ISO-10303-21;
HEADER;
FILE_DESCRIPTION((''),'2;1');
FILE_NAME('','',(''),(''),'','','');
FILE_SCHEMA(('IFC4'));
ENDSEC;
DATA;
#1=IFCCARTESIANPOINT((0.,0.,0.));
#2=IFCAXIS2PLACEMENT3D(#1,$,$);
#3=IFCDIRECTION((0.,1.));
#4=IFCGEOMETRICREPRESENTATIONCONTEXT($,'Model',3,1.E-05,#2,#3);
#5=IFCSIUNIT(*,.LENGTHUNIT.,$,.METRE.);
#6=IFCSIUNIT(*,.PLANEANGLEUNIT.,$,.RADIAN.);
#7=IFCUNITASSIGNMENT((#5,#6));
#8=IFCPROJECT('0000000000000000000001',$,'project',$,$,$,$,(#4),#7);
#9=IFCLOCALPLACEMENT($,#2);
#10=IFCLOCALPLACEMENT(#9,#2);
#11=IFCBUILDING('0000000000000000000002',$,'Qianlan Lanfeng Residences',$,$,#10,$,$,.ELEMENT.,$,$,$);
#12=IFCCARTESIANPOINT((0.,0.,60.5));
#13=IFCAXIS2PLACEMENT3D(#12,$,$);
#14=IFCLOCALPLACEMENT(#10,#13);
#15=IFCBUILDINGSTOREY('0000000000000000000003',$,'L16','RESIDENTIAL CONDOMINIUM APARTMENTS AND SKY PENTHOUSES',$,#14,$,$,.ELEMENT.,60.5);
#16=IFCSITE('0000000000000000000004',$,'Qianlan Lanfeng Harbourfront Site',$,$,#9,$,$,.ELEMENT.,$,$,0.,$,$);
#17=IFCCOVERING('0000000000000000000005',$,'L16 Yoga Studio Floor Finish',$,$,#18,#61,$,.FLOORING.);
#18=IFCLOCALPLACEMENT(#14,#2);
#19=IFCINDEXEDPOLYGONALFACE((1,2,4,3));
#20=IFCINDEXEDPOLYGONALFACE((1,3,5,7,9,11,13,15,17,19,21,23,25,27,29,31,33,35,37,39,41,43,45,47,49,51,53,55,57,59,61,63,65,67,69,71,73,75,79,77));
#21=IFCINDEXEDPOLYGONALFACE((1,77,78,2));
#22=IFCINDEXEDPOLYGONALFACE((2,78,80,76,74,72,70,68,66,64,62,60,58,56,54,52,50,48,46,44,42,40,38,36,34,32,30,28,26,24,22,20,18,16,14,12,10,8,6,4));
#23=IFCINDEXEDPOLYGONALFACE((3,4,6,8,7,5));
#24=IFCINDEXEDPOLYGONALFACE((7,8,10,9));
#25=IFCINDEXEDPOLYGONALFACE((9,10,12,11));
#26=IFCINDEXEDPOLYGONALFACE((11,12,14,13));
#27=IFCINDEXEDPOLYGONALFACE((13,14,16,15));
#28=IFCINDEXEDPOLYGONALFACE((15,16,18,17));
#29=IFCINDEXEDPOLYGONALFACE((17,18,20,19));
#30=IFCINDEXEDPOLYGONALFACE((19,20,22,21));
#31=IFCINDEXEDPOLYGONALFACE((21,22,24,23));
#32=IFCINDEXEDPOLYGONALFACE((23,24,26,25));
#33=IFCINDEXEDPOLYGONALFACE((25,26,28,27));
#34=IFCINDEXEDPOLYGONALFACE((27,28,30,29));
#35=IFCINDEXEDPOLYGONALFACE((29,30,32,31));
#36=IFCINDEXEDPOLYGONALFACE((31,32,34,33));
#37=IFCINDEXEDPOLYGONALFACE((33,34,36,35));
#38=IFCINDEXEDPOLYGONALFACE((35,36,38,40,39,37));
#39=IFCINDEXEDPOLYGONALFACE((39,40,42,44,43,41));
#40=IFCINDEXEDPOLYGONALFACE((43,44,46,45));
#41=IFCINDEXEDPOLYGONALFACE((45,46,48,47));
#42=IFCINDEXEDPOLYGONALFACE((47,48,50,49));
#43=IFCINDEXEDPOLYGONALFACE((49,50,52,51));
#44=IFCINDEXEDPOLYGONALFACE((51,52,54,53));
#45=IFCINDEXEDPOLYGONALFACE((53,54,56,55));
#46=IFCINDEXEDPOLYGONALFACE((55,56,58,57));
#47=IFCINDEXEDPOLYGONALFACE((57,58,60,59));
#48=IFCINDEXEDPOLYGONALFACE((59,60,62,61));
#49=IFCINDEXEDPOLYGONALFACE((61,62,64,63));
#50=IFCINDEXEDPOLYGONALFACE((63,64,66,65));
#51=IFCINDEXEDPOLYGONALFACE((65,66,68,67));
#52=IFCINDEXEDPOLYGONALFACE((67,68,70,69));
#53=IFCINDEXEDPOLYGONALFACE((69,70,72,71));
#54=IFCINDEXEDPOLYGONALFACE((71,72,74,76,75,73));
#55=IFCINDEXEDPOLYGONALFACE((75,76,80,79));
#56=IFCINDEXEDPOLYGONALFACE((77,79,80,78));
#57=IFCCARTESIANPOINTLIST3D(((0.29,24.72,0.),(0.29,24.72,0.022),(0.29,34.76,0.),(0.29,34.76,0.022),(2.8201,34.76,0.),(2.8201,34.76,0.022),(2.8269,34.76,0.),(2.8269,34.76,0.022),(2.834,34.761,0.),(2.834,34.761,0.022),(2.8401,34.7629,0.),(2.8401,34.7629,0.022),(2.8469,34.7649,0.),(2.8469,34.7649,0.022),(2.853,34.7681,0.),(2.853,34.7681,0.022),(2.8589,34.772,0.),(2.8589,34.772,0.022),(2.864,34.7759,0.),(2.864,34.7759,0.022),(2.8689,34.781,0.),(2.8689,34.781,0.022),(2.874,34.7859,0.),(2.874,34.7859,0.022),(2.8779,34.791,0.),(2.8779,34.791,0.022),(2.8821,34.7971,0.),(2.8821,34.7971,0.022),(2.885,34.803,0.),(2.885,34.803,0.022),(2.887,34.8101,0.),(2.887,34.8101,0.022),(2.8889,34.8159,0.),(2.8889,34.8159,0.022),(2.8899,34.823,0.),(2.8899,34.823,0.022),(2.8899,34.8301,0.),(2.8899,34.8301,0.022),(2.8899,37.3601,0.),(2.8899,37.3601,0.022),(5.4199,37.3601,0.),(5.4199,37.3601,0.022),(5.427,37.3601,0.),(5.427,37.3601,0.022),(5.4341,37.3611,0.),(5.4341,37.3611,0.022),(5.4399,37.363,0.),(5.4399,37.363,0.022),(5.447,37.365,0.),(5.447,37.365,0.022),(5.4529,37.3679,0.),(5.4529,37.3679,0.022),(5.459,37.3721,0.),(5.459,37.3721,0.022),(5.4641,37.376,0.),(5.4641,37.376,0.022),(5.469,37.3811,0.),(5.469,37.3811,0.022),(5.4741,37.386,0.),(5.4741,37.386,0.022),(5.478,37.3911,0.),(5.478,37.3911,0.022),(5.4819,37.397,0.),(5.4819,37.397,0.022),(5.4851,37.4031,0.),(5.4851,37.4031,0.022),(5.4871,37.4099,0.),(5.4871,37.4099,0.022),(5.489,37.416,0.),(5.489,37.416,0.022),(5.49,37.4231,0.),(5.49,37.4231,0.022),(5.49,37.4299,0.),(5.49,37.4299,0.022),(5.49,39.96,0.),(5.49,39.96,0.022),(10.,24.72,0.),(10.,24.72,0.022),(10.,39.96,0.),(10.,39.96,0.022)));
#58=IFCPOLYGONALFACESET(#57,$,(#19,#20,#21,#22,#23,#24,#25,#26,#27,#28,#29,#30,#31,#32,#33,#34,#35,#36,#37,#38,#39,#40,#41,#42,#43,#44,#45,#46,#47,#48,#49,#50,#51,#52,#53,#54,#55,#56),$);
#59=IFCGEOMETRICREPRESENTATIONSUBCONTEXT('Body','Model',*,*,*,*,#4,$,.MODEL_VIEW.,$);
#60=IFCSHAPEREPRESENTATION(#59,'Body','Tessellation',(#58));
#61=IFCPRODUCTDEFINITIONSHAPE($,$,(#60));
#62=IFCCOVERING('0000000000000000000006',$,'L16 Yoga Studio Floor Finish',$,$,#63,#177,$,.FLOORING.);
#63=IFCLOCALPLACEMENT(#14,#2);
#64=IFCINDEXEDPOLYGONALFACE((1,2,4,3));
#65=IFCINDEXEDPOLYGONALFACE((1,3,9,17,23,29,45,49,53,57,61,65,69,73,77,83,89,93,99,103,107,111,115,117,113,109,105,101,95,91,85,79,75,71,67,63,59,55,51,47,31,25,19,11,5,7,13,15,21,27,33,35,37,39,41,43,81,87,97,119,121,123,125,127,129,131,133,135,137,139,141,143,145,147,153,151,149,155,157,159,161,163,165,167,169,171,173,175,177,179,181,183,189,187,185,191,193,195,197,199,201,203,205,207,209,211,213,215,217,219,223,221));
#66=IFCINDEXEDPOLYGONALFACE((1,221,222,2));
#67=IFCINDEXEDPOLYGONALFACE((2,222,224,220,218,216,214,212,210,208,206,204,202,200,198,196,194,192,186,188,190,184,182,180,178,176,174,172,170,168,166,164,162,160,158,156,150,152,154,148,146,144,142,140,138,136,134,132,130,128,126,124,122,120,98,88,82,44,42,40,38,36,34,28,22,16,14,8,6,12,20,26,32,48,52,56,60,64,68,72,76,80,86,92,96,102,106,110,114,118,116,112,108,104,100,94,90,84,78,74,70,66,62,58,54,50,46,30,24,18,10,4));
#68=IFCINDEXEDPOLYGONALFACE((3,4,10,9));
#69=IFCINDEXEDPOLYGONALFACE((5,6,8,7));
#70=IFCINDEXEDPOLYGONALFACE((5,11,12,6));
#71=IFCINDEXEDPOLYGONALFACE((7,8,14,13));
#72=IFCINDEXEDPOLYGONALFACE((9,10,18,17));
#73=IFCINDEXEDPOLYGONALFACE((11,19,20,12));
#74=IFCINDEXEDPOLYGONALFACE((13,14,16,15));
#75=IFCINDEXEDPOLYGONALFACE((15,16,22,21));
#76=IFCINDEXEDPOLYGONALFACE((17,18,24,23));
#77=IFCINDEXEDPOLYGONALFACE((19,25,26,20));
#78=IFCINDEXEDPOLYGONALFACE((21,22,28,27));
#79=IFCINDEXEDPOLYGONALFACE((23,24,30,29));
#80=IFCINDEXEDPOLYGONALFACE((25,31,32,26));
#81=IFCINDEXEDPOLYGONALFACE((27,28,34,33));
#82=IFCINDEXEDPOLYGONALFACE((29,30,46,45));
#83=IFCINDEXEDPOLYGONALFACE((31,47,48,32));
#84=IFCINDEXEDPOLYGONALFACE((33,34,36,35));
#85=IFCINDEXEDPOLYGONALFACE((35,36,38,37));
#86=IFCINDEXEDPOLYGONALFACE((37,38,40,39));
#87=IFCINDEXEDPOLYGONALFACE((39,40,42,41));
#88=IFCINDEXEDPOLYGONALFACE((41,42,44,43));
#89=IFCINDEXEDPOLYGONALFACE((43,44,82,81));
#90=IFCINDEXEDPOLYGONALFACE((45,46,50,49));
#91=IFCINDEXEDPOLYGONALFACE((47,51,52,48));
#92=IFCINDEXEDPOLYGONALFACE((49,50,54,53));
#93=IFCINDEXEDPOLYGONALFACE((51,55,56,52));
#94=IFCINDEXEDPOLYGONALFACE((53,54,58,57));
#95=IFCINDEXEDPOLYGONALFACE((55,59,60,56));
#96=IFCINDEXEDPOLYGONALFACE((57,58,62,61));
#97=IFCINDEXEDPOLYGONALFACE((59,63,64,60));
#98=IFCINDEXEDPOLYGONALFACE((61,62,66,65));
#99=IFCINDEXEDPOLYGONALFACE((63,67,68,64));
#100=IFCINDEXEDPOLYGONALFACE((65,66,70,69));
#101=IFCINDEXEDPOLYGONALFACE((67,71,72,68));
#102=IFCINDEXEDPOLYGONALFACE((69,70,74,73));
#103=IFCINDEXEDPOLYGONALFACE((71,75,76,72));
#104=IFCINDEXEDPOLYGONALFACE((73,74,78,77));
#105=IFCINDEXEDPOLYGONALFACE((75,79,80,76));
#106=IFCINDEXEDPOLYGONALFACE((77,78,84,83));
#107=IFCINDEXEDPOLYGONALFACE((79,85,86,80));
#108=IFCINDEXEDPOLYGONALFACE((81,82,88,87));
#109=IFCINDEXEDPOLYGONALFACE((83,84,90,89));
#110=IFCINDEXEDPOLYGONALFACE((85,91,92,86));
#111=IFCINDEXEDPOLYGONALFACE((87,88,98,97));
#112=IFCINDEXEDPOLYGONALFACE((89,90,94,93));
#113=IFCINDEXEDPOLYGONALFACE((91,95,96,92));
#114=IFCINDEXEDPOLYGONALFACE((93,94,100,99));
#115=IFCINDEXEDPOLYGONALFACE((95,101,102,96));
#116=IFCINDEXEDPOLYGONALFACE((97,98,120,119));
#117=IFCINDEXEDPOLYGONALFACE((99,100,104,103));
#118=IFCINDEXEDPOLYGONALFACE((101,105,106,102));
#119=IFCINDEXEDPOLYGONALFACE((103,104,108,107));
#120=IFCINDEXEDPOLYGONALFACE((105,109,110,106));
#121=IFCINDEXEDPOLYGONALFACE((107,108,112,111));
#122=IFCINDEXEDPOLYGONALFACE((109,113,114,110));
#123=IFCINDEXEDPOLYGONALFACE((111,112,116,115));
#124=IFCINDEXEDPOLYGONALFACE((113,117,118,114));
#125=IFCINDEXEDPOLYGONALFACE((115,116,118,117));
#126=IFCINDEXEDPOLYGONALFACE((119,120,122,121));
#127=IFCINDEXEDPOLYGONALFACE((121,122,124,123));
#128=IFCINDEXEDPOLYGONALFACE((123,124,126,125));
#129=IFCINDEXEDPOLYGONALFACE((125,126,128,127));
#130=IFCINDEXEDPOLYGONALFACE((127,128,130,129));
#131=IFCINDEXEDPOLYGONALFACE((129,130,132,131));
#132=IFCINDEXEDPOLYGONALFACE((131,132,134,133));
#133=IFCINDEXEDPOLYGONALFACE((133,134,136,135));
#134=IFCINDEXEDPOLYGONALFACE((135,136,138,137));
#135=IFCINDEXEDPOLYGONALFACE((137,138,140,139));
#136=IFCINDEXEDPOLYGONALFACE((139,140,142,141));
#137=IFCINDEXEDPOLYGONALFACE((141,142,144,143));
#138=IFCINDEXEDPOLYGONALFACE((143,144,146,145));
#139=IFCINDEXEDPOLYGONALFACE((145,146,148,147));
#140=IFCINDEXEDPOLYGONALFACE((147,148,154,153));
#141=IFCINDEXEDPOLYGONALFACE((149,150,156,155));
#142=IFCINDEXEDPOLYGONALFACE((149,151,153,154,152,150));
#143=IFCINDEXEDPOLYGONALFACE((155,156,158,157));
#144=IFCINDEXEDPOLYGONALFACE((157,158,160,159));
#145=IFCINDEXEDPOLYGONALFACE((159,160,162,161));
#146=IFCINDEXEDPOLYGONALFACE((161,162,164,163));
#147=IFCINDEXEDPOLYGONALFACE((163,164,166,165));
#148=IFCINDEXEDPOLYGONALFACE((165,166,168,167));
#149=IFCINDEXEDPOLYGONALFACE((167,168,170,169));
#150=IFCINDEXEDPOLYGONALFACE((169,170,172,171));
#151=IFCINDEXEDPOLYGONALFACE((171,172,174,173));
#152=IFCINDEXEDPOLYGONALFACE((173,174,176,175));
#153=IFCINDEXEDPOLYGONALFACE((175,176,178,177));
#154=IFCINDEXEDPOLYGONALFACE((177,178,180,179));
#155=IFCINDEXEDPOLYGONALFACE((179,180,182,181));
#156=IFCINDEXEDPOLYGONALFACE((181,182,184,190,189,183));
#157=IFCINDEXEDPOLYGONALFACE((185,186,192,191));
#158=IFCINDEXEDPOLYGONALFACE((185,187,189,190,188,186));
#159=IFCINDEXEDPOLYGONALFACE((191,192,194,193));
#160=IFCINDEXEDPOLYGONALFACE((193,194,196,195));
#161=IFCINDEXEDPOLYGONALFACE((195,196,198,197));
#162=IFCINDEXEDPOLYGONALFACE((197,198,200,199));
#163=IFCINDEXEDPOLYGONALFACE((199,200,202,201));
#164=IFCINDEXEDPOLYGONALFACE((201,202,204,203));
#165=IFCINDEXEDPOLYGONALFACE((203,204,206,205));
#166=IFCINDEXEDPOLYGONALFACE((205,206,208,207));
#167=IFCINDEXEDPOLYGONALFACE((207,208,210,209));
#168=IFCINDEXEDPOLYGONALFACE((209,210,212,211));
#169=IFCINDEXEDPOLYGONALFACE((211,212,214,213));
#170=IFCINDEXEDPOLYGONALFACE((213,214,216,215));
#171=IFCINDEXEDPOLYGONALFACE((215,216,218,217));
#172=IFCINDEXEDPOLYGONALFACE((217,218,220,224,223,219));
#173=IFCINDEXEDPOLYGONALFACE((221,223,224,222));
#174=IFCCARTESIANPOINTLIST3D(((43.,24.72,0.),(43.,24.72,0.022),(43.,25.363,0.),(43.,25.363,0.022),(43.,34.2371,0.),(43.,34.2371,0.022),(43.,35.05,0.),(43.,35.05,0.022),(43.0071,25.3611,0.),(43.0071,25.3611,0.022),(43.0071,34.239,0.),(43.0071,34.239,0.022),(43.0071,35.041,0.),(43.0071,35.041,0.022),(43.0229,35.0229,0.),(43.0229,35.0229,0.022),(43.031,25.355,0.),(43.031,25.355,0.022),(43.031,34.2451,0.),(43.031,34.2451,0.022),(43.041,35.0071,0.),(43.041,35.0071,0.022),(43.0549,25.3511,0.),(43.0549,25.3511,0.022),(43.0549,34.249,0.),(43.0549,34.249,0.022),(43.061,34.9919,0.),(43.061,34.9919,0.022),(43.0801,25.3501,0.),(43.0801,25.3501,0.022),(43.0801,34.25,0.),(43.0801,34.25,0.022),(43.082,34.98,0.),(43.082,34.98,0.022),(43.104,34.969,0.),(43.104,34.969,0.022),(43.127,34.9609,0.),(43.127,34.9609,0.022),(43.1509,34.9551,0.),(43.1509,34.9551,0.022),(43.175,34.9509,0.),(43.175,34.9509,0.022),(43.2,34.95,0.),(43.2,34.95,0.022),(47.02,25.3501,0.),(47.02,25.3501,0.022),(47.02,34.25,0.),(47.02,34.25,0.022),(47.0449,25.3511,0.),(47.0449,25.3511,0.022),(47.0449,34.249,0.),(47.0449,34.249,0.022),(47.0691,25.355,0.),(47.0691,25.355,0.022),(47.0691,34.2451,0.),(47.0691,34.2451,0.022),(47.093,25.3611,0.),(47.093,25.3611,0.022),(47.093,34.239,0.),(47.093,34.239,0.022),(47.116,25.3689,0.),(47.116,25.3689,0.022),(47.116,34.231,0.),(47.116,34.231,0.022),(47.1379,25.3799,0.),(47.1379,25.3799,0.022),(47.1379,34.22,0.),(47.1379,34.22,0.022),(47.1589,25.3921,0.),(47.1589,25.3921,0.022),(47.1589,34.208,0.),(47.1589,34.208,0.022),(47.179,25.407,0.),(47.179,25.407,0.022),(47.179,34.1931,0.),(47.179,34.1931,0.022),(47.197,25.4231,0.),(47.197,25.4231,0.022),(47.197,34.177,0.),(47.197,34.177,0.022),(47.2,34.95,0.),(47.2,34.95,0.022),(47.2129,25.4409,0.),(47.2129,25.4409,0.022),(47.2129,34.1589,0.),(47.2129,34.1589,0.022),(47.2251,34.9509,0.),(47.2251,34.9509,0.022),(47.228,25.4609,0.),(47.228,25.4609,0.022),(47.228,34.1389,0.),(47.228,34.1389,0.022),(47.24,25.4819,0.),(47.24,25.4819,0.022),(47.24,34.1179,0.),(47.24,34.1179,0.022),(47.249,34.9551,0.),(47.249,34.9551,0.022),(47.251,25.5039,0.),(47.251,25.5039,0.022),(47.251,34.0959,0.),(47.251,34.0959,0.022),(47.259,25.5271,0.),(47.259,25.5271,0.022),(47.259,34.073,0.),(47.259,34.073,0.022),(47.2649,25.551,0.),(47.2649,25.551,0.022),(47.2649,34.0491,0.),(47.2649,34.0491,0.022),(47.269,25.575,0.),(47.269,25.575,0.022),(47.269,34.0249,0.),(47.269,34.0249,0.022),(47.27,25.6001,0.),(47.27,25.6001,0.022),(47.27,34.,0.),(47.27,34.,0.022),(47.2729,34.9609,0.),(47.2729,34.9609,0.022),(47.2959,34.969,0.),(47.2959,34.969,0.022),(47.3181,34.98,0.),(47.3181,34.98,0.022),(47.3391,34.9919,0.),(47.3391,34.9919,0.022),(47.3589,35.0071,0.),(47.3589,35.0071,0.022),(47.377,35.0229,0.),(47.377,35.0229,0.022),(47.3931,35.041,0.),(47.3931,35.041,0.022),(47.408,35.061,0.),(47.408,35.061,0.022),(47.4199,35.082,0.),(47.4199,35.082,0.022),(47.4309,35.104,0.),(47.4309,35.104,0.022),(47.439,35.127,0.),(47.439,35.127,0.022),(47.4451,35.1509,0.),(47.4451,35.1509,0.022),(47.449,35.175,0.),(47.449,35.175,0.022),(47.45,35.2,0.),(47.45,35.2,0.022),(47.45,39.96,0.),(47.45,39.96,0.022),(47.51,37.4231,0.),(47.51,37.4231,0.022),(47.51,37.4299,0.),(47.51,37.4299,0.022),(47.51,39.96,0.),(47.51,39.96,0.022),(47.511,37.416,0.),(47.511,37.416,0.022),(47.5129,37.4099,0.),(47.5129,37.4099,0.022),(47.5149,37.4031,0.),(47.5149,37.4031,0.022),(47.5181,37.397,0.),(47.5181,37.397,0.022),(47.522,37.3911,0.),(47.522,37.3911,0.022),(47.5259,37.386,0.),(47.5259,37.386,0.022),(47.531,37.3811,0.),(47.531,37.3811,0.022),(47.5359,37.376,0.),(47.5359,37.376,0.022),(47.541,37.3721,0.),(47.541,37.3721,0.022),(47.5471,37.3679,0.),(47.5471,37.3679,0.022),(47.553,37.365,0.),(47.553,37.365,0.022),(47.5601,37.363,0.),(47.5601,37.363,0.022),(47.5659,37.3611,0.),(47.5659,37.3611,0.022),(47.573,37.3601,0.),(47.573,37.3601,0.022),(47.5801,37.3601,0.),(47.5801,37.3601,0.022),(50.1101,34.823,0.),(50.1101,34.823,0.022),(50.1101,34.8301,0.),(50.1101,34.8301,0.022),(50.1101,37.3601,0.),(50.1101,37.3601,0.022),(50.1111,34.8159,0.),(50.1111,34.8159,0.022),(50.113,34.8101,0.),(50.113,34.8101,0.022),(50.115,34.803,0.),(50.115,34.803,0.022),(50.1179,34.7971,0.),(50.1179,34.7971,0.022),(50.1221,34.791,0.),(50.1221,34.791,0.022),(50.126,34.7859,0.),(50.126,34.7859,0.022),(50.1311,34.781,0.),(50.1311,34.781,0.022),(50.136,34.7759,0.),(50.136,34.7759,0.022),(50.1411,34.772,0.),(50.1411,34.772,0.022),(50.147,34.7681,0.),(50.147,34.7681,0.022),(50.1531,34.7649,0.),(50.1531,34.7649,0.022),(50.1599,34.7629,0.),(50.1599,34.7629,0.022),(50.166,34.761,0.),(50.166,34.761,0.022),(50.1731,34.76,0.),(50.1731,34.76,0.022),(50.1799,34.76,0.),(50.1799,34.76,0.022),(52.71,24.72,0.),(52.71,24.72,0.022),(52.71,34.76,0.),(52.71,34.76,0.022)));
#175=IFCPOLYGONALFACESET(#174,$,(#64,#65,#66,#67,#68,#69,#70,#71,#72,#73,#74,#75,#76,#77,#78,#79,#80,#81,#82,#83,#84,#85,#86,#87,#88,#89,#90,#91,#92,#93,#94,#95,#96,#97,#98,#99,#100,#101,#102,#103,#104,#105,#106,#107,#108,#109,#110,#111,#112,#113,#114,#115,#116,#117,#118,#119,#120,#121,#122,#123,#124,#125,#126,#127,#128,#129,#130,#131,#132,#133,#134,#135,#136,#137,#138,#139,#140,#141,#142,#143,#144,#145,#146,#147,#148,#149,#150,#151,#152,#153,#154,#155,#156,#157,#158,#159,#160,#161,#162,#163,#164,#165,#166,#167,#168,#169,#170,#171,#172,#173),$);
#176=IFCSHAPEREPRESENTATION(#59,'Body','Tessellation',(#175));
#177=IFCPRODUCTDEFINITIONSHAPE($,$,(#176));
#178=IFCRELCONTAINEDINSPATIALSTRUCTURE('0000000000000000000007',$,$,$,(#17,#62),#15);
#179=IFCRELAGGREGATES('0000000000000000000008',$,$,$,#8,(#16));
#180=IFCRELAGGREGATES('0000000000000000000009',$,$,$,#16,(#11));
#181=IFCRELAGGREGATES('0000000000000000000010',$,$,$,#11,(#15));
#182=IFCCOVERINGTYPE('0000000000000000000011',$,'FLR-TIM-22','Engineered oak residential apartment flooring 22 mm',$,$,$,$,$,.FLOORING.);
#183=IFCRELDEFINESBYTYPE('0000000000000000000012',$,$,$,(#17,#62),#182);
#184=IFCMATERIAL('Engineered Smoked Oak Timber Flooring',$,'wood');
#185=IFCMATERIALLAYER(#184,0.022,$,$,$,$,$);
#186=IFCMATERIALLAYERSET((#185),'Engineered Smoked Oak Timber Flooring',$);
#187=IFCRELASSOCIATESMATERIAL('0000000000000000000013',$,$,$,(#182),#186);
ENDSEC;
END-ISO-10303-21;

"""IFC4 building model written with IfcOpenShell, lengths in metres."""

from ifc_helpers import new_model, si_unit, direction, frame, origin, place, context, subcontext, project, spatial, polyline, outline, extrude, material, layer, layer_set, type_object, element, save


model = new_model("IFC4")

# Units and contexts
model_context = context("Model", 3, precision=1e-05, world=origin(), true_north=direction((0.0, 1.0)))
body_context = subcontext(model_context, "Body", "Model", "MODEL_VIEW")
ifc_project = project(units=[si_unit("LENGTHUNIT", "METRE"), si_unit("PLANEANGLEUNIT", "RADIAN")], contexts=[model_context])

# Site, building, storey
site_placement = place(None, origin())
site = spatial("IfcSite", under=ifc_project, at=site_placement, Name="Qianlan Lanfeng Harbourfront Site", CompositionType="ELEMENT", RefElevation=0.0)
building_placement = place(site_placement, origin())
building = spatial("IfcBuilding", under=site, at=building_placement, Name="Qianlan Lanfeng Residences", CompositionType="ELEMENT")
storey_placement = place(building_placement, frame((0.0, 0.0, 60.5)))
storey = spatial("IfcBuildingStorey", under=building, at=storey_placement, Name="L16", Description="RESIDENTIAL CONDOMINIUM APARTMENTS AND SKY PENTHOUSES", CompositionType="ELEMENT", Elevation=60.5)

# Coverings
ifc_material_1 = material(Name="Engineered Smoked Oak Timber Flooring", Category="wood")
ifc_layer = layer(ifc_material_1, 0.022)
ifc_layer_set = layer_set([ifc_layer], Name="Engineered Smoked Oak Timber Flooring")
covering_type = type_object("IfcCoveringType", Name="FLR-TIM-22", Description="Engineered oak residential apartment flooring 22 mm", PredefinedType="FLOORING", material=ifc_layer_set)
covering_1_placement = place(storey_placement, origin())
element("IfcCovering", 1, at=covering_1_placement, inside=storey, type_object=covering_type, Name="L16 Yoga Studio Floor Finish", PredefinedType="FLOORING", context=body_context, shape_type="SweptSolid", body=[
    extrude(outline(polyline([(10.0, 24.72), (10.0, 39.96), (5.49, 39.96), (5.49, 37.4299), (5.49, 37.4231), (5.489, 37.416), (5.4871, 37.4099), (5.4851, 37.4031), (5.4819, 37.397), (5.478, 37.3911), (5.4741, 37.386), (5.469, 37.3811), (5.4641, 37.376), (5.459, 37.3721), (5.4529, 37.3679), (5.447, 37.365), (5.4399, 37.363), (5.4341, 37.3611), (5.427, 37.3601), (5.4199, 37.3601), (2.8899, 37.3601), (2.8899, 34.8301), (2.8899, 34.823), (2.8889, 34.8159), (2.887, 34.8101), (2.885, 34.803), (2.8821, 34.7971), (2.8779, 34.791), (2.874, 34.7859), (2.8689, 34.781), (2.864, 34.7759), (2.8589, 34.772), (2.853, 34.7681), (2.8469, 34.7649), (2.8401, 34.7629), (2.834, 34.761), (2.8269, 34.76), (2.8201, 34.76), (0.29, 34.76), (0.29, 24.72), (10.0, 24.72)])), origin(), (0.0, 0.0, 1.0), 0.022),
])
covering_2_placement = place(storey_placement, origin())
element("IfcCovering", 2, at=covering_2_placement, inside=storey, type_object=covering_type, Name="L16 Yoga Studio Floor Finish", PredefinedType="FLOORING", context=body_context, shape_type="SweptSolid", body=[
    extrude(outline(polyline([(43.0, 24.72), (52.71, 24.72), (52.71, 34.76), (50.1799, 34.76), (50.1731, 34.76), (50.166, 34.761), (50.1599, 34.7629), (50.1531, 34.7649), (50.147, 34.7681), (50.1411, 34.772), (50.136, 34.7759), (50.1311, 34.781), (50.126, 34.7859), (50.1221, 34.791), (50.1179, 34.7971), (50.115, 34.803), (50.113, 34.8101), (50.1111, 34.8159), (50.1101, 34.823), (50.1101, 34.8301), (50.1101, 37.3601), (47.5801, 37.3601), (47.573, 37.3601), (47.5659, 37.3611), (47.5601, 37.363), (47.553, 37.365), (47.5471, 37.3679), (47.541, 37.3721), (47.5359, 37.376), (47.531, 37.3811), (47.5259, 37.386), (47.522, 37.3911), (47.5181, 37.397), (47.5149, 37.4031), (47.5129, 37.4099), (47.511, 37.416), (47.51, 37.4231), (47.51, 37.4299), (47.51, 39.96), (47.45, 39.96), (47.45, 35.2), (47.449, 35.175), (47.4451, 35.1509), (47.439, 35.127), (47.4309, 35.104), (47.4199, 35.082), (47.408, 35.061), (47.3931, 35.041), (47.377, 35.0229), (47.3589, 35.0071), (47.3391, 34.9919), (47.3181, 34.98), (47.2959, 34.969), (47.2729, 34.9609), (47.249, 34.9551), (47.2251, 34.9509), (47.2, 34.95), (43.2, 34.95), (43.175, 34.9509), (43.1509, 34.9551), (43.127, 34.9609), (43.104, 34.969), (43.082, 34.98), (43.061, 34.9919), (43.041, 35.0071), (43.0229, 35.0229), (43.0071, 35.041), (43.0, 35.05), (43.0, 34.2371), (43.0071, 34.239), (43.031, 34.2451), (43.0549, 34.249), (43.0801, 34.25), (47.02, 34.25), (47.0449, 34.249), (47.0691, 34.2451), (47.093, 34.239), (47.116, 34.231), (47.1379, 34.22), (47.1589, 34.208), (47.179, 34.1931), (47.197, 34.177), (47.2129, 34.1589), (47.228, 34.1389), (47.24, 34.1179), (47.251, 34.0959), (47.259, 34.073), (47.2649, 34.0491), (47.269, 34.0249), (47.27, 34.0), (47.27, 25.6001), (47.269, 25.575), (47.2649, 25.551), (47.259, 25.5271), (47.251, 25.5039), (47.24, 25.4819), (47.228, 25.4609), (47.2129, 25.4409), (47.197, 25.4231), (47.179, 25.407), (47.1589, 25.3921), (47.1379, 25.3799), (47.116, 25.3689), (47.093, 25.3611), (47.0691, 25.355), (47.0449, 25.3511), (47.02, 25.3501), (43.0801, 25.3501), (43.0549, 25.3511), (43.031, 25.355), (43.0071, 25.3611), (43.0, 25.363), (43.0, 24.72)])), origin(), (0.0, 0.0, 1.0), 0.022),
])

save(model, "model.ifc")
